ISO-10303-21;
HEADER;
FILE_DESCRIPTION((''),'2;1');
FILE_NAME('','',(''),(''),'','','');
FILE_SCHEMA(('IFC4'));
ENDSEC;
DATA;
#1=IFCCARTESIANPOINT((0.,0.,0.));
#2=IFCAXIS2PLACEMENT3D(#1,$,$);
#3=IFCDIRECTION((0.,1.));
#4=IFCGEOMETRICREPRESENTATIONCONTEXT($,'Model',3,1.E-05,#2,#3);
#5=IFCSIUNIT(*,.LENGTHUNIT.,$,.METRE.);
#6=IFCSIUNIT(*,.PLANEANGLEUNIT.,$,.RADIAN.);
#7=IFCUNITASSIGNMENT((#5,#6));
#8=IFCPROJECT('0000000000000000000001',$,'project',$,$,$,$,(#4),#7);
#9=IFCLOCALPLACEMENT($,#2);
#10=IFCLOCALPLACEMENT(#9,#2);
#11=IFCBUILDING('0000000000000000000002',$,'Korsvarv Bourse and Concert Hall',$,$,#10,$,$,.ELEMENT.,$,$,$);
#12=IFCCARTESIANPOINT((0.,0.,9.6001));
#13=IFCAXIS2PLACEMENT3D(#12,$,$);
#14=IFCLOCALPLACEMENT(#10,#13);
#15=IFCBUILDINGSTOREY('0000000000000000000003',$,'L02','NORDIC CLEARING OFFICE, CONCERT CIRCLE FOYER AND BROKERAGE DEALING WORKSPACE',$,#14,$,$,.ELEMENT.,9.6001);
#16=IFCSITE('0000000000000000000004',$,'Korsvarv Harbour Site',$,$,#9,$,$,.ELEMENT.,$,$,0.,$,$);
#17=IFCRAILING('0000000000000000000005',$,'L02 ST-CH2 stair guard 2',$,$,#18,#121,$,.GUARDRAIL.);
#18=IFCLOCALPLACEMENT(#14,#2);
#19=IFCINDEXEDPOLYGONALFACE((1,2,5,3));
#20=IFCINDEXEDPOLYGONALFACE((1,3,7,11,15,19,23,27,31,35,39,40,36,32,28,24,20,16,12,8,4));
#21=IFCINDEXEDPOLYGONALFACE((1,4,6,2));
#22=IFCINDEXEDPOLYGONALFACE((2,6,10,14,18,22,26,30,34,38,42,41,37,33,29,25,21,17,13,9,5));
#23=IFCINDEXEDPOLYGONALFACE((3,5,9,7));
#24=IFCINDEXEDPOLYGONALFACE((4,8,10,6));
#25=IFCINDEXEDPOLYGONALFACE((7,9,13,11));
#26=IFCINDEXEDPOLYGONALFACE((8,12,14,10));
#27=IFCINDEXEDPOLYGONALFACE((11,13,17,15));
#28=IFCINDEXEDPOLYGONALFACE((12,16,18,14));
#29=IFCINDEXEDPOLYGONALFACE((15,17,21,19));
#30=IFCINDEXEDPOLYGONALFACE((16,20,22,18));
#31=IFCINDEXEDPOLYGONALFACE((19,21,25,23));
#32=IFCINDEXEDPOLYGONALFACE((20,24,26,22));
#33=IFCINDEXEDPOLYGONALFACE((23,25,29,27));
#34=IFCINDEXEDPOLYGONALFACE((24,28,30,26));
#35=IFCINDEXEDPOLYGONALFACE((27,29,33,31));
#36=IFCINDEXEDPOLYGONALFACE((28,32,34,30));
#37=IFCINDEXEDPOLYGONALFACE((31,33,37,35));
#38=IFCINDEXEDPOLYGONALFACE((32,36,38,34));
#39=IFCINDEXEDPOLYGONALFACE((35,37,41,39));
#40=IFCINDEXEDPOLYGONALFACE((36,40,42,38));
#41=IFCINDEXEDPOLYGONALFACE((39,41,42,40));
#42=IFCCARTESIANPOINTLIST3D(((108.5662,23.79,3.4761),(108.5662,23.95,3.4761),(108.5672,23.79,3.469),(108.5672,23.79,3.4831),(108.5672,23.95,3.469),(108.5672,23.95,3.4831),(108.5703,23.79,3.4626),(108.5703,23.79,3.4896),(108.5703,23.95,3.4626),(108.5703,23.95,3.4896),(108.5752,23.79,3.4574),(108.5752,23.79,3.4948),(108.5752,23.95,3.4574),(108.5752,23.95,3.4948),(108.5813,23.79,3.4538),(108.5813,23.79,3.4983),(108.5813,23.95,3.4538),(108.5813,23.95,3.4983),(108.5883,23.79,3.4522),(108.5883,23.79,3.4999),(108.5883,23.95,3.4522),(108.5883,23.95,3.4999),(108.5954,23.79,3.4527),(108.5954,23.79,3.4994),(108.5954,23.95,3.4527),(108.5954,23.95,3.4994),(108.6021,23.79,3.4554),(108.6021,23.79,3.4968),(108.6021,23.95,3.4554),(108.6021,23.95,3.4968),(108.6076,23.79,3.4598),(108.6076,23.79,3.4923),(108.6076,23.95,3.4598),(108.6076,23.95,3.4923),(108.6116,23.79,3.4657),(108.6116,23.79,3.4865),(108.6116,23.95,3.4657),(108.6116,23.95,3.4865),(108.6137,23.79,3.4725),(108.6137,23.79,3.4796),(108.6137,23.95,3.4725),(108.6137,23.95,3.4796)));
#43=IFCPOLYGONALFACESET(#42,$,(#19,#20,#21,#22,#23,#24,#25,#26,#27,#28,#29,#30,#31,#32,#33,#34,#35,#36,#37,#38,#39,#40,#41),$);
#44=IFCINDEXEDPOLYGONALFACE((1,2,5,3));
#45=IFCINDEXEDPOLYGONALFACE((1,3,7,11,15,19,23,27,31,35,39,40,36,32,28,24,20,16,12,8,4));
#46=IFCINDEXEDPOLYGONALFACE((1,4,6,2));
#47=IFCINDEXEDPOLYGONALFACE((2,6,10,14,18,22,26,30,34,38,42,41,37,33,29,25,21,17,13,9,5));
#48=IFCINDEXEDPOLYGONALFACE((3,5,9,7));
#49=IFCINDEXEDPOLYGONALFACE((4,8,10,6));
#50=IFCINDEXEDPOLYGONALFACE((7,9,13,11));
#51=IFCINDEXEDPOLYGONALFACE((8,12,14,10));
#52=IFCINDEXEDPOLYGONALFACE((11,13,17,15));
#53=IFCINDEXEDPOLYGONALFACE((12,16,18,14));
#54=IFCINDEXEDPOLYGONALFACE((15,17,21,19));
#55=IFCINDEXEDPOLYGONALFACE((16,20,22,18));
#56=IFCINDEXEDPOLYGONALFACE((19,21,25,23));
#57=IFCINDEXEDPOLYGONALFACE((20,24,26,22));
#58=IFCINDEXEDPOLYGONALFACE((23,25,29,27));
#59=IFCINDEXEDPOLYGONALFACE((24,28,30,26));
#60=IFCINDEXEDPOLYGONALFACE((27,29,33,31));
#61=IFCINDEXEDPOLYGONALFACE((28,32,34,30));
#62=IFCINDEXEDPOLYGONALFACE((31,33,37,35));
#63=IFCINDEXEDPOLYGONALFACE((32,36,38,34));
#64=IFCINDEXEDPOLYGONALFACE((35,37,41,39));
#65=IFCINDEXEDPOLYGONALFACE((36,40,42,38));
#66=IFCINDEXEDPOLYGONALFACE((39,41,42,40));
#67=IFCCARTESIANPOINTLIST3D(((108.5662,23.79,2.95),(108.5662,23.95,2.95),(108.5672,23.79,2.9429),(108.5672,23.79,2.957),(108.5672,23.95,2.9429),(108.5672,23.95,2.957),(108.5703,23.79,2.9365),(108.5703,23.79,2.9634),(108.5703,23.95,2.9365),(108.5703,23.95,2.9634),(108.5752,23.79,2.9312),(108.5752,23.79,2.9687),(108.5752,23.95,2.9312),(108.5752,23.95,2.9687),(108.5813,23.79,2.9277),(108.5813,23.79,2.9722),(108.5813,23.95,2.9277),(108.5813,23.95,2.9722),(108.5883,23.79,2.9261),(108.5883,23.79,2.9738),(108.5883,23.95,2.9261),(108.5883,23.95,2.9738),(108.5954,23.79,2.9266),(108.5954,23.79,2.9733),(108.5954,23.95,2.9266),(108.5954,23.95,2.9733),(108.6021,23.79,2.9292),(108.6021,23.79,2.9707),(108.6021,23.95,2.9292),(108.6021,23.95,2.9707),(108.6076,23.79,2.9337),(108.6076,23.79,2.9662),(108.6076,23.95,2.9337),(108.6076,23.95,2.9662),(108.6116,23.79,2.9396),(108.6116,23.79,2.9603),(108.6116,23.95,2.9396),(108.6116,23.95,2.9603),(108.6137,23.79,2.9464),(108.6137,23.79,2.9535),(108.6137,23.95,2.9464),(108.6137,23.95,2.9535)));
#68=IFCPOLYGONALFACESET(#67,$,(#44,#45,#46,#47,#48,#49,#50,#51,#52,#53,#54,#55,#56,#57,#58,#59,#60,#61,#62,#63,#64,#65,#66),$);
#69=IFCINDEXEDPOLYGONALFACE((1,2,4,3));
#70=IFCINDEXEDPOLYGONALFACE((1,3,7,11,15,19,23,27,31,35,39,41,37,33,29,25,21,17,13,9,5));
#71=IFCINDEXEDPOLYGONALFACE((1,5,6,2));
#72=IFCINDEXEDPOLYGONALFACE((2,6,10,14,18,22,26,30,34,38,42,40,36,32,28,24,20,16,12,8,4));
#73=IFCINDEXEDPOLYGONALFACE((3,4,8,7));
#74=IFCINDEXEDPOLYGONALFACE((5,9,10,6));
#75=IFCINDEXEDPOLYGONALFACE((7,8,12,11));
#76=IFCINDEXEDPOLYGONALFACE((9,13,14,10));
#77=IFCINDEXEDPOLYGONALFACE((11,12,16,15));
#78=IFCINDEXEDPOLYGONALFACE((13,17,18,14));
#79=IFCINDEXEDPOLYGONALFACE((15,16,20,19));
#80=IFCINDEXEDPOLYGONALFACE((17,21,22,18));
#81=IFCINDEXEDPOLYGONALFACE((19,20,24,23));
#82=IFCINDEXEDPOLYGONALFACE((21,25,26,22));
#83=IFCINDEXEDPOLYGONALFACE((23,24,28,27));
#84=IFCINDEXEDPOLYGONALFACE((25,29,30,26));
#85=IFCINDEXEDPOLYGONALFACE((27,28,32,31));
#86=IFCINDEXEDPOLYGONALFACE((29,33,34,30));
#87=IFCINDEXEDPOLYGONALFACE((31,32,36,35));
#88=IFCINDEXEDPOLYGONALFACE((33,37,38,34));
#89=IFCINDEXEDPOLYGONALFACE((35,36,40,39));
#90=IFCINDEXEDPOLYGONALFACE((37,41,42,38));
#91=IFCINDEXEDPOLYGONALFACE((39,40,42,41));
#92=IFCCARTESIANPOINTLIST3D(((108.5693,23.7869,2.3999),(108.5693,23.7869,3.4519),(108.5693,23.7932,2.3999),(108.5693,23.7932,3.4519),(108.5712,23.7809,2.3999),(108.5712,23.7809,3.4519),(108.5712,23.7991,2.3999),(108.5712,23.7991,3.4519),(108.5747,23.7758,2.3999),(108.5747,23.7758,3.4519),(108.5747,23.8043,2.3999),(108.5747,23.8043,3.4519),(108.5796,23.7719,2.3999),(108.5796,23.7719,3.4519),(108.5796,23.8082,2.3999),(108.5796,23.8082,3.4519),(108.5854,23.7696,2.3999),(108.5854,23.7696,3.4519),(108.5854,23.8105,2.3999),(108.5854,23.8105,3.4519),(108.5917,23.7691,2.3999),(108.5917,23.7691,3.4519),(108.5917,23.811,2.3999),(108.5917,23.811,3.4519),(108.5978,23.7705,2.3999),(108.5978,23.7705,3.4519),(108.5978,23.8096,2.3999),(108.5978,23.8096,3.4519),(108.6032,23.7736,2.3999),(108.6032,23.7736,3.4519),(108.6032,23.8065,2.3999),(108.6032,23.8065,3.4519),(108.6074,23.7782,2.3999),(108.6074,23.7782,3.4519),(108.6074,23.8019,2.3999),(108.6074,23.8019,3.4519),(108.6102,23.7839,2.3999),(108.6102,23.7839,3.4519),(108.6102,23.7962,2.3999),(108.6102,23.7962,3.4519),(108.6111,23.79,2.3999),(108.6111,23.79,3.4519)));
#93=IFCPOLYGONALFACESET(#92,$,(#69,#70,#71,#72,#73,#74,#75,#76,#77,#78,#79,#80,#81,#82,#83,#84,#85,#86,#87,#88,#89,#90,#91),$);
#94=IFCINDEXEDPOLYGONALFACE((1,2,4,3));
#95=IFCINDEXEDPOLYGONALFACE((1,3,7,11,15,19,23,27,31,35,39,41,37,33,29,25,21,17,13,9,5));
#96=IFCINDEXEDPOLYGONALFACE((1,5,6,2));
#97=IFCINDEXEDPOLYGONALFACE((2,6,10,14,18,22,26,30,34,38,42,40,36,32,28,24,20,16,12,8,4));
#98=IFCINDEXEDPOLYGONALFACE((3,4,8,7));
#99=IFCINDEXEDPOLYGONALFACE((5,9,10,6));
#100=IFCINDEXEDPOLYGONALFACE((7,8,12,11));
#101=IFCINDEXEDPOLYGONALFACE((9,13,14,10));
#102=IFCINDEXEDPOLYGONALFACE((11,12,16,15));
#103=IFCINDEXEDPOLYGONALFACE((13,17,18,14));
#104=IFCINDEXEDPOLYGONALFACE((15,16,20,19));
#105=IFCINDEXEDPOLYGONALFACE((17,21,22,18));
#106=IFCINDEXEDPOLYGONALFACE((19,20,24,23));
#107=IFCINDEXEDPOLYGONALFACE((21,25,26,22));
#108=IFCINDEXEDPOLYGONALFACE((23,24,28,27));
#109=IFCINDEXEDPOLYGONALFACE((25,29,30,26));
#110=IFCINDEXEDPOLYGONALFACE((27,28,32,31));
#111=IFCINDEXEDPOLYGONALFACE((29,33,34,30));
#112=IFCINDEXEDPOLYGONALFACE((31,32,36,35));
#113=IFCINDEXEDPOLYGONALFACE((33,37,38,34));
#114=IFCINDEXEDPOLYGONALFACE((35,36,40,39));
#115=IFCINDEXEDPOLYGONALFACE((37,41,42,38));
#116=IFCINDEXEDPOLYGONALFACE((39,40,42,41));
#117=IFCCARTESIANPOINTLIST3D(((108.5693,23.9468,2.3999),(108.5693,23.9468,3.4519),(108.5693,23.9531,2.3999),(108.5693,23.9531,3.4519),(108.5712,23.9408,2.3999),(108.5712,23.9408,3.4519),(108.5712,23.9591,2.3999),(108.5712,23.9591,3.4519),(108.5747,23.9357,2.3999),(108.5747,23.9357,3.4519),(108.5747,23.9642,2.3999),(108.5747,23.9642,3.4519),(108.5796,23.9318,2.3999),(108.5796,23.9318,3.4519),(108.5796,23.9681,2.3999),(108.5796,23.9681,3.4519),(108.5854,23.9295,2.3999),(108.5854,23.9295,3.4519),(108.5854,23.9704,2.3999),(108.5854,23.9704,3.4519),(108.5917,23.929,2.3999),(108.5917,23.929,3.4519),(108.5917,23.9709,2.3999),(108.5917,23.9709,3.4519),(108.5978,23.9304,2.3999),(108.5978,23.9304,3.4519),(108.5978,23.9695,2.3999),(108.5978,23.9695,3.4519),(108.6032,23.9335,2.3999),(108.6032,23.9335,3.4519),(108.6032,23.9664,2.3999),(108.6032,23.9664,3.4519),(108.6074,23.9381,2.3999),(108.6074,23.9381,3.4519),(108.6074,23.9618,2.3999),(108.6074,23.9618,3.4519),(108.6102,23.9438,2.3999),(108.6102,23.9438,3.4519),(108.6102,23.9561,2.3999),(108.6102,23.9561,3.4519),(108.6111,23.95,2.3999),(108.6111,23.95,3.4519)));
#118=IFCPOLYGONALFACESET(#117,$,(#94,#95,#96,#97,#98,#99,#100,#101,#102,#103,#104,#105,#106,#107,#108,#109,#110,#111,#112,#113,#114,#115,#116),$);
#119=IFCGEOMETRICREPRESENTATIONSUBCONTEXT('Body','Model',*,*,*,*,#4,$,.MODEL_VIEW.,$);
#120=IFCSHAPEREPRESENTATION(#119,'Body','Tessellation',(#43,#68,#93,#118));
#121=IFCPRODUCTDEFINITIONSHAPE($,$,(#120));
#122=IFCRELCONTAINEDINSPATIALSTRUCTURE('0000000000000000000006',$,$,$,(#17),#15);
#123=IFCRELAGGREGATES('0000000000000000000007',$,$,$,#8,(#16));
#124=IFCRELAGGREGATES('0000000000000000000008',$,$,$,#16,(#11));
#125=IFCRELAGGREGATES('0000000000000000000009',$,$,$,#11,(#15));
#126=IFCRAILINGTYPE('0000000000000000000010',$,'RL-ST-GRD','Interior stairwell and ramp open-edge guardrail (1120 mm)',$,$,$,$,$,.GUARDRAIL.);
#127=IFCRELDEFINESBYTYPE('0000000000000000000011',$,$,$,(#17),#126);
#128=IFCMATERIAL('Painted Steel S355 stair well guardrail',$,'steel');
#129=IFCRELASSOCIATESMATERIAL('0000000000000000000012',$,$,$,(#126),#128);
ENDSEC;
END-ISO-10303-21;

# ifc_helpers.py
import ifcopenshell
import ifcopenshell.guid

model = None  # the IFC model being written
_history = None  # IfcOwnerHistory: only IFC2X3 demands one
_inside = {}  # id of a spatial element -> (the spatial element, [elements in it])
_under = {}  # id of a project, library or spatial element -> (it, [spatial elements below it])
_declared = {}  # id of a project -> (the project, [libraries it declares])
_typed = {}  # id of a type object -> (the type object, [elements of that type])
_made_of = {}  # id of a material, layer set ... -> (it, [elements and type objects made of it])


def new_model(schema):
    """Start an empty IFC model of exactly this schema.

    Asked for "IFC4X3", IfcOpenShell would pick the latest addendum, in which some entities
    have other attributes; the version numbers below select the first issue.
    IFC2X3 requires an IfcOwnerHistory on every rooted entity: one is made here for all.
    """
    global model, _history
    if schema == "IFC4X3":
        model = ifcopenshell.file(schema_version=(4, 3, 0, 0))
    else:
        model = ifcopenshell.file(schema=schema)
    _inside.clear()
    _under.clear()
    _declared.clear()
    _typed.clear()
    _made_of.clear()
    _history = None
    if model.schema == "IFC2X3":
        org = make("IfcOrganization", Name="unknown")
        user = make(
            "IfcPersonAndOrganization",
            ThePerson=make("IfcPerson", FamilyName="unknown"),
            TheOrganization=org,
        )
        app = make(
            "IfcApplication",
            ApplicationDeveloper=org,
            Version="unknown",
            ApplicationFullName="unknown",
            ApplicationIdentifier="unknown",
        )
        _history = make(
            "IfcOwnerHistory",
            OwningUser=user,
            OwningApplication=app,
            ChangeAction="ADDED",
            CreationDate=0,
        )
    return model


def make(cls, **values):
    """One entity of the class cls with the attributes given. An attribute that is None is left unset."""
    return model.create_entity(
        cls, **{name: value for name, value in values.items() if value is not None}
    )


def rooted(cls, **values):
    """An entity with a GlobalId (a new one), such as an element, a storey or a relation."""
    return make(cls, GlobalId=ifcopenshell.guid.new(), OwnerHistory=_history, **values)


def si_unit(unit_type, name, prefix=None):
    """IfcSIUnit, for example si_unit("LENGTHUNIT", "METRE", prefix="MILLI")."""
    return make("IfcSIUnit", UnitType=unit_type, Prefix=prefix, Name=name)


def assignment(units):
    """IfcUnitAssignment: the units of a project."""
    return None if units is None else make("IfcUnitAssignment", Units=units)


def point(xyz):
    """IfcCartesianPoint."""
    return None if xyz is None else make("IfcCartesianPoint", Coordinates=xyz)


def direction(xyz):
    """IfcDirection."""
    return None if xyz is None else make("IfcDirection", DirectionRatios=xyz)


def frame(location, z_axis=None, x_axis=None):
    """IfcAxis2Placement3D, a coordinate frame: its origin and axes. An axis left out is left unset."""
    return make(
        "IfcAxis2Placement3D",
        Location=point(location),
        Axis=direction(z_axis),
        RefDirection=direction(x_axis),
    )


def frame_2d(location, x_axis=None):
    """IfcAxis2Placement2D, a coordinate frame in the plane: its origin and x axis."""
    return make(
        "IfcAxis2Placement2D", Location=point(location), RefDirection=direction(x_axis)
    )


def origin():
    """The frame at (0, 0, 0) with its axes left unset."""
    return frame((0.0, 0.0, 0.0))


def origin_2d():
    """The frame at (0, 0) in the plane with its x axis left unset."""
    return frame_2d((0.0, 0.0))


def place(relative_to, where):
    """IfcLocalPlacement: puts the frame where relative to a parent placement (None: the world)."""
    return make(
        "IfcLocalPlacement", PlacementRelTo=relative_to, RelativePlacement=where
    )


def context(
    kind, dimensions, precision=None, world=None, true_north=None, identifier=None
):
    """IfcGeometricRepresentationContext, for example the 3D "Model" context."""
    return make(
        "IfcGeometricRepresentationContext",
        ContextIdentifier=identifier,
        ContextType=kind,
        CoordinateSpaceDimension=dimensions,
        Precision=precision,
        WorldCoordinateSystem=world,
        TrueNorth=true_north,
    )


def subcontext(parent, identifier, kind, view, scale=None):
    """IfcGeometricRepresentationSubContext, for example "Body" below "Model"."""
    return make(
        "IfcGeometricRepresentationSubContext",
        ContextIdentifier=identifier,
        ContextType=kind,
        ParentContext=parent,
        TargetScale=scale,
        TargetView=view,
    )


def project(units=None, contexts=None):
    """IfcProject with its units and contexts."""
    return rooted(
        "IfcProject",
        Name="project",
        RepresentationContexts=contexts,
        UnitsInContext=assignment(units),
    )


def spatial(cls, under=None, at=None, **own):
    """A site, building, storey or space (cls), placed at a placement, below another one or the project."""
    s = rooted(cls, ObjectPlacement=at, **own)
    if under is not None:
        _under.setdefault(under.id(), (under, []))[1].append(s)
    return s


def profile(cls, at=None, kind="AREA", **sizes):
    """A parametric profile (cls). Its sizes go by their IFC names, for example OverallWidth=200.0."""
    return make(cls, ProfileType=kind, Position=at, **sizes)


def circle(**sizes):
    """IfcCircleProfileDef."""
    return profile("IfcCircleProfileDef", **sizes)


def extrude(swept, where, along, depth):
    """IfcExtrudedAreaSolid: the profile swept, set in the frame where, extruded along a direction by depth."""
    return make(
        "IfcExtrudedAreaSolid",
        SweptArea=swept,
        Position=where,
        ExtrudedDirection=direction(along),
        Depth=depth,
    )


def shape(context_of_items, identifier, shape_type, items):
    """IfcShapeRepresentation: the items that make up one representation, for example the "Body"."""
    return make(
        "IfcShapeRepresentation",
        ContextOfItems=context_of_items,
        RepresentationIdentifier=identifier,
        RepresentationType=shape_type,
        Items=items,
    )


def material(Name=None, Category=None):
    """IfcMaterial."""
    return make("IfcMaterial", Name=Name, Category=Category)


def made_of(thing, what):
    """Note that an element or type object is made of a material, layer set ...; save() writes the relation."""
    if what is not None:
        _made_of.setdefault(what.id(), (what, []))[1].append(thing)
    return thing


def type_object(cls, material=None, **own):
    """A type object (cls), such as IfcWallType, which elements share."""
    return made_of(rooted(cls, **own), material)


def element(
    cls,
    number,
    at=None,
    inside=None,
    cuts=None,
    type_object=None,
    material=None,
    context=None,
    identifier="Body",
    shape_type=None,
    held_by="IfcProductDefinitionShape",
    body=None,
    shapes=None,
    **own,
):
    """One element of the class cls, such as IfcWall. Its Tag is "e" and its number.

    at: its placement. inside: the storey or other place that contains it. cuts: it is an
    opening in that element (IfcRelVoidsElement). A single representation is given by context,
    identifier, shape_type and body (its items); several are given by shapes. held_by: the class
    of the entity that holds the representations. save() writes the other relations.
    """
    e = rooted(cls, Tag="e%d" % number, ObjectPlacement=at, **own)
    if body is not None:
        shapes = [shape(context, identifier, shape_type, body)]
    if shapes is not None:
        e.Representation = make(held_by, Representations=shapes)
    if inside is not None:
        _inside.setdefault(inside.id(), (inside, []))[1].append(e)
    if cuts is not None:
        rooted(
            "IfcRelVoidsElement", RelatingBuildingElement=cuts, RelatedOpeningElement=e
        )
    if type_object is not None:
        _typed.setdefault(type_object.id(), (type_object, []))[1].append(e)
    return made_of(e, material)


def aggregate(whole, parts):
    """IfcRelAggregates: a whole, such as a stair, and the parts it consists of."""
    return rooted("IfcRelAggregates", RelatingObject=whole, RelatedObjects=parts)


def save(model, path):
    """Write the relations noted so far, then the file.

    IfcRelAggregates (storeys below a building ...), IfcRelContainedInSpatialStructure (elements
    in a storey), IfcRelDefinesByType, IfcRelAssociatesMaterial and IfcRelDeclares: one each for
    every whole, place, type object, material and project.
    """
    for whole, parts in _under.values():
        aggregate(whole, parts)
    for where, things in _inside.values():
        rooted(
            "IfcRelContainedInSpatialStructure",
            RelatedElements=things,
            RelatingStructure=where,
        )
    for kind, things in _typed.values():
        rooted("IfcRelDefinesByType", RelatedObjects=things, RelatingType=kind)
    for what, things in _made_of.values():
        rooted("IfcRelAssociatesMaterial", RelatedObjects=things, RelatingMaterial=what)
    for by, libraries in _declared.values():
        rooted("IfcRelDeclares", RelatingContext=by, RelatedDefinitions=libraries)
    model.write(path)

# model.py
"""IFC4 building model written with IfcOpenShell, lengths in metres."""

from ifc_helpers import new_model, si_unit, direction, frame, origin, origin_2d, place, context, subcontext, project, spatial, circle, extrude, material, type_object, element, save


model = new_model("IFC4")

# Units and contexts
model_context = context("Model", 3, precision=1e-05, world=origin(), true_north=direction((0.0, 1.0)))
body_context = subcontext(model_context, "Body", "Model", "MODEL_VIEW")
ifc_project = project(units=[si_unit("LENGTHUNIT", "METRE"), si_unit("PLANEANGLEUNIT", "RADIAN")], contexts=[model_context])

# Site, building, storey
site_placement = place(None, origin())
site = spatial("IfcSite", under=ifc_project, at=site_placement, Name="Korsvarv Harbour Site", CompositionType="ELEMENT", RefElevation=0.0)
building_placement = place(site_placement, origin())
building = spatial("IfcBuilding", under=site, at=building_placement, Name="Korsvarv Bourse and Concert Hall", CompositionType="ELEMENT")
storey_placement = place(building_placement, frame((0.0, 0.0, 9.6001)))
storey = spatial("IfcBuildingStorey", under=building, at=storey_placement, Name="L02", Description="NORDIC CLEARING OFFICE, CONCERT CIRCLE FOYER AND BROKERAGE DEALING WORKSPACE", CompositionType="ELEMENT", Elevation=9.6001)

# Railing
ifc_material_1 = material(Name="Painted Steel S355 stair well guardrail", Category="steel")
railing_type_1 = type_object("IfcRailingType", Name="RL-ST-GRD", Description="Interior stairwell and ramp open-edge guardrail (1120 mm)", PredefinedType="GUARDRAIL", material=ifc_material_1)
railing_1_placement = place(storey_placement, frame((108.5901, 23.79, 2.3999)))
element("IfcRailing", 1, at=railing_1_placement, inside=storey, type_object=railing_type_1, Name="L02 ST-CH2 stair guard 2", PredefinedType="GUARDRAIL", context=body_context, shape_type="SweptSolid", body=[
    extrude(circle(Radius=0.0239, at=origin_2d()), frame((0.0, 0.0, 1.0762), z_axis=(0.0, 1.0, 0.0), x_axis=(-1.0, 0.0, 0.0)), (0.0, 0.0, 1.0), 0.1599),
    extrude(circle(Radius=0.0239, at=origin_2d()), frame((0.0, 0.0, 0.55), z_axis=(0.0, 1.0, 0.0), x_axis=(-1.0, 0.0, 0.0)), (0.0, 0.0, 1.0), 0.1599),
    extrude(circle(Radius=0.021, at=origin_2d()), origin(), (0.0, 0.0, 1.0), 1.052),
    extrude(circle(Radius=0.021, at=origin_2d()), frame((0.0, 0.1599, 0.0)), (0.0, 0.0, 1.0), 1.052),
])

save(model, "model.ifc")
